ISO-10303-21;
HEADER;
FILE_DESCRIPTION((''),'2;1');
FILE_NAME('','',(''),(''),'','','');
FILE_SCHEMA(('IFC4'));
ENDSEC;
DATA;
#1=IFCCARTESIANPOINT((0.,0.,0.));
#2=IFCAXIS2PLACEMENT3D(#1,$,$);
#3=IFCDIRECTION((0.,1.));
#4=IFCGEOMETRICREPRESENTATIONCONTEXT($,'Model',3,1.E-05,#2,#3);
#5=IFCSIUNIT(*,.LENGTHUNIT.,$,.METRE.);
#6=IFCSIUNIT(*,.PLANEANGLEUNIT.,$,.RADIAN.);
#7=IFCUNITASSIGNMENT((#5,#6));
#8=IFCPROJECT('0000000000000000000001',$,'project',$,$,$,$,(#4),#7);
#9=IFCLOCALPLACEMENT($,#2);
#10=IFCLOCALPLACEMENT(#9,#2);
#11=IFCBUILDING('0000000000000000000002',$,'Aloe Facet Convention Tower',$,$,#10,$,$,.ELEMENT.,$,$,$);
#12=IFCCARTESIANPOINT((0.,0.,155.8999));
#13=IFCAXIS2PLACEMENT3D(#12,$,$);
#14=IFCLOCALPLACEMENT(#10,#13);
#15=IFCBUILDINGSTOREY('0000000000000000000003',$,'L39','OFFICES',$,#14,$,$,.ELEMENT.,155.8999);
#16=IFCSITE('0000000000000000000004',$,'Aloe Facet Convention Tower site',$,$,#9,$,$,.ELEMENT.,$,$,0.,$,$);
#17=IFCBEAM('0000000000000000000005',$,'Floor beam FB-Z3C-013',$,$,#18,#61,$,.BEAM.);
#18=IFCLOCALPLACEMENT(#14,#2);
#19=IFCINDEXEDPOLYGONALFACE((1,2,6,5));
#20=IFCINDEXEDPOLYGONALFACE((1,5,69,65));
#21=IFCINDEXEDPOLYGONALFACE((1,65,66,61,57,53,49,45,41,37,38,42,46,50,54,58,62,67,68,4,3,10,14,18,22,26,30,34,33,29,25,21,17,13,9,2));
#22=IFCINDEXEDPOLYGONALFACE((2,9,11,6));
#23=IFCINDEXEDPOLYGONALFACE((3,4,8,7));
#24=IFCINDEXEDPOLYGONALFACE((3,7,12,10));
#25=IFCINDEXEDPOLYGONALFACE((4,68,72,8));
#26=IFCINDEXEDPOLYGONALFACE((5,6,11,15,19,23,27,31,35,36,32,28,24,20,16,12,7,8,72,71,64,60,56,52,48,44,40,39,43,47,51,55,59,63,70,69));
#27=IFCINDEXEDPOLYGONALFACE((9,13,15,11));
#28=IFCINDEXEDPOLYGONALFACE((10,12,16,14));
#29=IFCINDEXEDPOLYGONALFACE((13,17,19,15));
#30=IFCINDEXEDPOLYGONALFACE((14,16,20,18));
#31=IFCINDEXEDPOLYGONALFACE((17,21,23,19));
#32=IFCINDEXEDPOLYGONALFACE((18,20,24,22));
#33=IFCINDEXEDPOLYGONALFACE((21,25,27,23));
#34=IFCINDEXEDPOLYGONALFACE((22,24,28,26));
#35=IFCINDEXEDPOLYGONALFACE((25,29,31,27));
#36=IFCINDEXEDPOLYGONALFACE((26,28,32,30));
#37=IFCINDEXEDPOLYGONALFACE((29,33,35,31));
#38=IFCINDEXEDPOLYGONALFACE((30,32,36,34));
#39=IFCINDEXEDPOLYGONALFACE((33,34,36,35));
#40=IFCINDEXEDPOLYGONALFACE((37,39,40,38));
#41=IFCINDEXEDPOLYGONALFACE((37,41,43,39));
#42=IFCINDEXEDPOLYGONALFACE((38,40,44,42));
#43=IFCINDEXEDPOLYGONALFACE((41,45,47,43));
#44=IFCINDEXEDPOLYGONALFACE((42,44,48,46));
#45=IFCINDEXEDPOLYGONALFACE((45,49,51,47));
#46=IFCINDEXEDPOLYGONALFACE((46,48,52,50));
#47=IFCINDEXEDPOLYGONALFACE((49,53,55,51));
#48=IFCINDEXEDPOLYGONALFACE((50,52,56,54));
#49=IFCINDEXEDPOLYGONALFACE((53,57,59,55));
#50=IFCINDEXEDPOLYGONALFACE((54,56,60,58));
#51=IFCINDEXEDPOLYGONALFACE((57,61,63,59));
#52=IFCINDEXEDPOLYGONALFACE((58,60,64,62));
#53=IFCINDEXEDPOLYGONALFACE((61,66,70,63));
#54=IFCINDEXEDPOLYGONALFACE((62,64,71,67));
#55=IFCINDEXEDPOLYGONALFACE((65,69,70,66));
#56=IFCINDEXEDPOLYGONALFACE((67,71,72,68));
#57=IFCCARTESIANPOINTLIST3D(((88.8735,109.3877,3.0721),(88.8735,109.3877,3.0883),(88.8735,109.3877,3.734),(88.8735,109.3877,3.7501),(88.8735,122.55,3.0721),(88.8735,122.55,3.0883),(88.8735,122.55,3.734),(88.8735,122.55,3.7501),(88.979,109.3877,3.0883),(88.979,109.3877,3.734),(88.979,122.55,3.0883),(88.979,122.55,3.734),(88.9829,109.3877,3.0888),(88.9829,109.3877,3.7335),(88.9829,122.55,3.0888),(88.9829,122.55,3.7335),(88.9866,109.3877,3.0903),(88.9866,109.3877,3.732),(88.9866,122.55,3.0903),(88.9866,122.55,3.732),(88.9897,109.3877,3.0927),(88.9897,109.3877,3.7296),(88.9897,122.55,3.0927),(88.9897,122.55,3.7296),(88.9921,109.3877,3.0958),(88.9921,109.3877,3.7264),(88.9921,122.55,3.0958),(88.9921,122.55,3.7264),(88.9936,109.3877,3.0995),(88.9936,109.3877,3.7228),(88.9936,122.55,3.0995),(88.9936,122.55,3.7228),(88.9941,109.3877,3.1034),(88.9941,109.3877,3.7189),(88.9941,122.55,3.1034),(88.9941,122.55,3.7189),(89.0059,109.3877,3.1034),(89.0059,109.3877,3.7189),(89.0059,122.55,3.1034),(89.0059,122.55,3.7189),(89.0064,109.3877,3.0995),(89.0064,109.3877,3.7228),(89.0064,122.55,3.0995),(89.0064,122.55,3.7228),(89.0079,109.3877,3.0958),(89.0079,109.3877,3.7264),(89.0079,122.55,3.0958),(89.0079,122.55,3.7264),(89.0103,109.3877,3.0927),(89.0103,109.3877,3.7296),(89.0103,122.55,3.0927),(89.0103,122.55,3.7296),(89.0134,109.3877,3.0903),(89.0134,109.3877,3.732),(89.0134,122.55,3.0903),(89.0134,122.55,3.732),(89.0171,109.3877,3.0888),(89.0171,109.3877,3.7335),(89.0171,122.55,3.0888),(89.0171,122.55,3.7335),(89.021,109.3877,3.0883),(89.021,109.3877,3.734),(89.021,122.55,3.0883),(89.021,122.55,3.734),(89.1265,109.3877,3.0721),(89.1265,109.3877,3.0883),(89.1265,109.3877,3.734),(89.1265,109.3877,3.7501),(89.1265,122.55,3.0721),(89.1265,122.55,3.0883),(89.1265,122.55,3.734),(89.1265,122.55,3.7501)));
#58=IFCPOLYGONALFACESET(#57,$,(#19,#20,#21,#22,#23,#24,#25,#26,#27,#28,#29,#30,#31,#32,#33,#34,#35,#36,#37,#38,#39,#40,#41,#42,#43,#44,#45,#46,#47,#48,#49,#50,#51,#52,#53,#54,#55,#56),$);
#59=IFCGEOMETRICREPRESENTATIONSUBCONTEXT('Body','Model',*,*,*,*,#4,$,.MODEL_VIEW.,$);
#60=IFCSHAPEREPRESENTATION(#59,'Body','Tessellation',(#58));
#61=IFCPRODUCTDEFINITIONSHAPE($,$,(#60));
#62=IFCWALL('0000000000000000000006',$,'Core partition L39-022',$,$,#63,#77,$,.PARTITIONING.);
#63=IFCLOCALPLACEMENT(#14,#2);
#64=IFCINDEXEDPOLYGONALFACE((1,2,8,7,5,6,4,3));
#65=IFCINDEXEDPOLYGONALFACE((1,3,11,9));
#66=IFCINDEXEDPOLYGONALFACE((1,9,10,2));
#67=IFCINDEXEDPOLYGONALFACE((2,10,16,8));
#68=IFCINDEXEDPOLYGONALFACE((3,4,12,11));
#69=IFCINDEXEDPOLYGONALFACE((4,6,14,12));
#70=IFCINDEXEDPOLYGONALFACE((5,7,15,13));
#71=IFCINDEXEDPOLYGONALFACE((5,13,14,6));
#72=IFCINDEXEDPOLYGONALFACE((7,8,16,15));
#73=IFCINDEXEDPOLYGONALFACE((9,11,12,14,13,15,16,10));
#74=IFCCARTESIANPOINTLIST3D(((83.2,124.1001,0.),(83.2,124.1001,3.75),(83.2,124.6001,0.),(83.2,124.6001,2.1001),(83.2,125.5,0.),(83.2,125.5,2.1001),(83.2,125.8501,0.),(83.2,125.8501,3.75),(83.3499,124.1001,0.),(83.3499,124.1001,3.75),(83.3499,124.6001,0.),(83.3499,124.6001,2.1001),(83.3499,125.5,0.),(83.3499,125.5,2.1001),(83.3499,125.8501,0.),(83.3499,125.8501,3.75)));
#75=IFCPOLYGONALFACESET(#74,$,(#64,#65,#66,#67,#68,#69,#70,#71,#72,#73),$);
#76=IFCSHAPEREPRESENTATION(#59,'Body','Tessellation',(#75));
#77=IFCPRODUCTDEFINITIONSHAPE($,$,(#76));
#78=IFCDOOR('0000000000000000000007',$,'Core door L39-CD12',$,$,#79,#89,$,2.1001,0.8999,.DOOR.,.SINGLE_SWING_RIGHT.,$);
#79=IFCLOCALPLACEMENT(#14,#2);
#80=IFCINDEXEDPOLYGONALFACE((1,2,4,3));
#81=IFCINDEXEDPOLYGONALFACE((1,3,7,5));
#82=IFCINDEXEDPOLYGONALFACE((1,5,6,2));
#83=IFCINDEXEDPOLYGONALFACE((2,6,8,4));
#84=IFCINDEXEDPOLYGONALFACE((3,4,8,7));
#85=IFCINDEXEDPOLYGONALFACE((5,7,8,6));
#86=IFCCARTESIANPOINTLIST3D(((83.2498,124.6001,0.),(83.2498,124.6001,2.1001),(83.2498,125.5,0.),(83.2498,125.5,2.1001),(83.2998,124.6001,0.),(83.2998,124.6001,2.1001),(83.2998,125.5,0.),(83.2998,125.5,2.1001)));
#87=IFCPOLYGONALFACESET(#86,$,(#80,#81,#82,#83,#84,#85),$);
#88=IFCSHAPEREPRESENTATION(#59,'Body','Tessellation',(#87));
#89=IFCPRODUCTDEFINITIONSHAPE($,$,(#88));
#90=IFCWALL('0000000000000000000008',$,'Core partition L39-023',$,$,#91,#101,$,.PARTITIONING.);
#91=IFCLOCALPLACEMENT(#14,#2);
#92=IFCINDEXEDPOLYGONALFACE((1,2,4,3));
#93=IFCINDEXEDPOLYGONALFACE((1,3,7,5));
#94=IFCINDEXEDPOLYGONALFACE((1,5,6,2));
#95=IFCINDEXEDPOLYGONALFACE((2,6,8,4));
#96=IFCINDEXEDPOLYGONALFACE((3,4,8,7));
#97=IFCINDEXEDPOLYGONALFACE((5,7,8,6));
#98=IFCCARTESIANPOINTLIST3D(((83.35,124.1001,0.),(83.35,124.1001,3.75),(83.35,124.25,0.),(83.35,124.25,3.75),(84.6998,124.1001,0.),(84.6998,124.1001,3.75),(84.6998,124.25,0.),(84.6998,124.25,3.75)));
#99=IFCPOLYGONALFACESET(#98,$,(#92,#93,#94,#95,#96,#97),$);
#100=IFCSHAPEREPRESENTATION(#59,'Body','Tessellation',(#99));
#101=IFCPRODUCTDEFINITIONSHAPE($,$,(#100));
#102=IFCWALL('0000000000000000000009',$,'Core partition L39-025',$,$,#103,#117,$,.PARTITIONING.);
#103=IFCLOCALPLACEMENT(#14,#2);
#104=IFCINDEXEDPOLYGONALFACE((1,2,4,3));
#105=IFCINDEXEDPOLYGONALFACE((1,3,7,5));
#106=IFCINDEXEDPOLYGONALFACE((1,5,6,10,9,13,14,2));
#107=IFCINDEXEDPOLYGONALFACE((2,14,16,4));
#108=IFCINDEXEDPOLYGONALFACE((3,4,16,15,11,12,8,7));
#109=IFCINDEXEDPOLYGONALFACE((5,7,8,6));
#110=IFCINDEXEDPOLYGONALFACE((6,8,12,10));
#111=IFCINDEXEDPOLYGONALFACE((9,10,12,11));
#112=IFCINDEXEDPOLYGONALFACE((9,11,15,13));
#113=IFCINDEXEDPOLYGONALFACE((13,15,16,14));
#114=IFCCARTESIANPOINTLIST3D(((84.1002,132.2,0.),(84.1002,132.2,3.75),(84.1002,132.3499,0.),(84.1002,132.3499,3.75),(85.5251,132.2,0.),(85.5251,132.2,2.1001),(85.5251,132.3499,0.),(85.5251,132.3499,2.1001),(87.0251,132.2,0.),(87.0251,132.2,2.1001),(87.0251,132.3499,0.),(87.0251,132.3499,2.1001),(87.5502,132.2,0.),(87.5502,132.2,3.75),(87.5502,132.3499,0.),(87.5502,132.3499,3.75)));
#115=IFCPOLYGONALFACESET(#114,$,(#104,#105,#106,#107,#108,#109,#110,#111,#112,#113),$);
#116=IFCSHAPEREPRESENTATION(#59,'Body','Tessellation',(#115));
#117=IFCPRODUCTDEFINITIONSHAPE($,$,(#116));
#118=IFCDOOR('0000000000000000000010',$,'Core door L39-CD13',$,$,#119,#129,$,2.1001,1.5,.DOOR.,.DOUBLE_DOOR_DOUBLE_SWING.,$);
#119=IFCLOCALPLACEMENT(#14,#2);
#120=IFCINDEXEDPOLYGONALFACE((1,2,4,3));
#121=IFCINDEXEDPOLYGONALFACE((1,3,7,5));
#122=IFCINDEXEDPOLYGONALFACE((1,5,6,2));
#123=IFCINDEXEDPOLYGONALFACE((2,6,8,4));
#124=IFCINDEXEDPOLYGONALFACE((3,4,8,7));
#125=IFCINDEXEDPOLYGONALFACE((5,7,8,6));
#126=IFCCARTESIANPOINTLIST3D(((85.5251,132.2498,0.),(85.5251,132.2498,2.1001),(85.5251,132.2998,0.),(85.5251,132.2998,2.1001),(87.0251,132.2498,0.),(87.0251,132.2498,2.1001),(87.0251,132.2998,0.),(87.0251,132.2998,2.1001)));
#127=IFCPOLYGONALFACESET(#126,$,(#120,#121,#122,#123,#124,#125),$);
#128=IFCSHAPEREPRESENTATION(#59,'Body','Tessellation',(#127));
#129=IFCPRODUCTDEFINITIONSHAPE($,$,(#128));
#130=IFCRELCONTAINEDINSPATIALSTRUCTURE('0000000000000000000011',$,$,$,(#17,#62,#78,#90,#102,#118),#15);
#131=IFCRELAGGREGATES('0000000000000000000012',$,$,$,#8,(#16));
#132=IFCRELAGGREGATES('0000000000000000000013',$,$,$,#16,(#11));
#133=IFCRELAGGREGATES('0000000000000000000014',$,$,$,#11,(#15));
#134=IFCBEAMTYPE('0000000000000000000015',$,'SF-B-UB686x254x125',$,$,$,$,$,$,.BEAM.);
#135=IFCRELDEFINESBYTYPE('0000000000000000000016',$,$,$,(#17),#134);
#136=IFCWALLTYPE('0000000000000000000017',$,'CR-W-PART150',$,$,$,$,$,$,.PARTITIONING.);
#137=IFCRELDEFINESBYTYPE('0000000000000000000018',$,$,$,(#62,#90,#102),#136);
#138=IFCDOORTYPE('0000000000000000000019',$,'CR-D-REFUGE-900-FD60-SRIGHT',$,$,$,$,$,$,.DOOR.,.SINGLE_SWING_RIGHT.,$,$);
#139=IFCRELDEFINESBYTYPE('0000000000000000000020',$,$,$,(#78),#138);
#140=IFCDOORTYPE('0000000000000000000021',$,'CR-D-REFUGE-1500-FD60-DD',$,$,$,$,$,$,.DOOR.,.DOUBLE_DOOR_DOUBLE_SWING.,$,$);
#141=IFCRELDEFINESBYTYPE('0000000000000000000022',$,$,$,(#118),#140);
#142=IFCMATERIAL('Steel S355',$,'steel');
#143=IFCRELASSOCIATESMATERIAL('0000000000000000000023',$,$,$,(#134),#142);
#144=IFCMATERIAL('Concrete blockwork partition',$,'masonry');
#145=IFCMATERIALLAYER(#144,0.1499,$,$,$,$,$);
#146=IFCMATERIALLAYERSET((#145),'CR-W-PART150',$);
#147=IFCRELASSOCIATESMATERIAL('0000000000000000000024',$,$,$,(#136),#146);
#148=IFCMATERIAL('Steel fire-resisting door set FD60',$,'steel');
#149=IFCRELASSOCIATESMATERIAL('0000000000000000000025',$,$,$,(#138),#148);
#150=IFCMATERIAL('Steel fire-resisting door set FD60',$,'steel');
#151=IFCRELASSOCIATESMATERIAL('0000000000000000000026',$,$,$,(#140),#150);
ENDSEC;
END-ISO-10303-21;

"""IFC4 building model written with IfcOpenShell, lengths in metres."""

from ifc_helpers import new_model, si_unit, direction, frame, frame_2d, origin, origin_2d, place, context, subcontext, project, spatial, rectangle, i_section, extrude, material, layer, layer_set, material_profile, profile_set, type_object, element, fill, save


model = new_model("IFC4")

# Units and contexts
model_context = context("Model", 3, precision=1e-05, world=origin(), true_north=direction((0.0, 1.0)))
body_context = subcontext(model_context, "Body", "Model", "MODEL_VIEW")
ifc_project = project(units=[si_unit("LENGTHUNIT", "METRE"), si_unit("PLANEANGLEUNIT", "RADIAN")], contexts=[model_context])

# Site, building, storey
site_placement = place(None, origin())
site = spatial("IfcSite", under=ifc_project, at=site_placement, Name="Aloe Facet Convention Tower site", CompositionType="ELEMENT", RefElevation=0.0)
building_placement = place(site_placement, origin())
building = spatial("IfcBuilding", under=site, at=building_placement, Name="Aloe Facet Convention Tower", CompositionType="ELEMENT")
storey_placement = place(building_placement, frame((0.0, 0.0, 155.8999)))
storey = spatial("IfcBuildingStorey", under=building, at=storey_placement, Name="L39", Description="OFFICES", CompositionType="ELEMENT", Elevation=155.8999)

# Beam
ifc_material_1 = material(Name="Steel S355", Category="steel")
ifc_material_profile = material_profile(ifc_material_1, i_section(OverallWidth=0.2529, OverallDepth=0.678, WebThickness=0.0117, FlangeThickness=0.0161, FilletRadius=0.0151, at=origin_2d()), Name="UB 686x254x125")
ifc_profile_set = profile_set([ifc_material_profile], Name="Steel S355")
beam_type = type_object("IfcBeamType", Name="SF-B-UB686x254x125", PredefinedType="BEAM", material=ifc_profile_set)
beam_placement = place(storey_placement, frame((89.0, 122.55, 3.4111), z_axis=(0.0, -1.0, 0.0), x_axis=(1.0, 0.0, 0.0)))
element("IfcBeam", 1, at=beam_placement, inside=storey, type_object=beam_type, Name="Floor beam FB-Z3C-013", PredefinedType="BEAM", context=body_context, shape_type="SweptSolid", body=[
    extrude(i_section(OverallWidth=0.2529, OverallDepth=0.678, WebThickness=0.0117, FlangeThickness=0.0161, FilletRadius=0.0151, at=origin_2d()), origin(), (0.0, 0.0, 1.0), 13.1624),
])

# Wall, opening, door
ifc_material_2 = material(Name="Concrete blockwork partition", Category="masonry")
ifc_layer_1 = layer(ifc_material_2, 0.1499)
ifc_layer_set_1 = layer_set([ifc_layer_1], Name="CR-W-PART150")
wall_type_1 = type_object("IfcWallType", Name="CR-W-PART150", PredefinedType="PARTITIONING", material=ifc_layer_set_1)
wall_1_placement = place(storey_placement, frame((83.2749, 125.8501, 0.0), z_axis=(0.0, 0.0, 1.0), x_axis=(0.0, -1.0, 0.0)))
wall_1 = element("IfcWall", 2, at=wall_1_placement, inside=storey, type_object=wall_type_1, Name="Core partition L39-022", PredefinedType="PARTITIONING", context=body_context, shape_type="SweptSolid", body=[
    extrude(rectangle(XDim=1.75, YDim=0.1499, at=frame_2d((0.875, 0.0))), origin(), (0.0, 0.0, 1.0), 3.75),
])
opening_1_placement = place(wall_1_placement, frame((0.3501, 0.0, 0.0)))
opening_1 = element("IfcOpeningElement", 3, at=opening_1_placement, cuts=wall_1, PredefinedType="OPENING", context=body_context, shape_type="SweptSolid", body=[
    extrude(rectangle(XDim=0.8999, YDim=2.1001, at=frame_2d((0.45, 1.05))), frame((0.0, 0.085, 0.0), z_axis=(0.0, -1.0, 0.0), x_axis=(1.0, 0.0, 0.0)), (0.0, 0.0, 1.0), 0.1699),
])
ifc_material_3 = material(Name="Steel fire-resisting door set FD60", Category="steel")
door_type_1 = type_object("IfcDoorType", Name="CR-D-REFUGE-900-FD60-SRIGHT", OperationType="SINGLE_SWING_RIGHT", PredefinedType="DOOR", material=ifc_material_3)
door_1_placement = place(opening_1_placement, origin())
door_1 = element("IfcDoor", 4, at=door_1_placement, inside=storey, type_object=door_type_1, Name="Core door L39-CD12", OperationType="SINGLE_SWING_RIGHT", OverallHeight=2.1001, OverallWidth=0.8999, PredefinedType="DOOR", context=body_context, shape_type="SweptSolid", body=[
    extrude(rectangle(XDim=0.8999, YDim=2.1001, at=frame_2d((0.45, 1.05))), frame((0.0, 0.0249, 0.0), z_axis=(0.0, -1.0, 0.0), x_axis=(1.0, 0.0, 0.0)), (0.0, 0.0, 1.0), 0.05),
])
fill(opening_1, door_1)

# Wall
wall_2_placement = place(storey_placement, frame((83.3501, 124.175, 0.0), z_axis=(0.0, 0.0, 1.0), x_axis=(1.0, 0.0, 0.0)))
element("IfcWall", 5, at=wall_2_placement, inside=storey, type_object=wall_type_1, Name="Core partition L39-023", PredefinedType="PARTITIONING", context=body_context, shape_type="SweptSolid", body=[
    extrude(rectangle(XDim=1.3499, YDim=0.1499, at=frame_2d((0.6748, 0.0))), origin(), (0.0, 0.0, 1.0), 3.75),
])

# Wall, opening, door
wall_3_placement = place(storey_placement, frame((84.1001, 132.2749, 0.0), z_axis=(0.0, 0.0, 1.0), x_axis=(1.0, 0.0, 0.0)))
wall_3 = element("IfcWall", 6, at=wall_3_placement, inside=storey, type_object=wall_type_1, Name="Core partition L39-025", PredefinedType="PARTITIONING", context=body_context, shape_type="SweptSolid", body=[
    extrude(rectangle(XDim=3.45, YDim=0.1499, at=frame_2d((1.7251, 0.0))), origin(), (0.0, 0.0, 1.0), 3.75),
])
opening_2_placement = place(wall_3_placement, frame((1.425, 0.0, 0.0)))
opening_2 = element("IfcOpeningElement", 7, at=opening_2_placement, cuts=wall_3, PredefinedType="OPENING", context=body_context, shape_type="SweptSolid", body=[
    extrude(rectangle(XDim=1.5, YDim=2.1001, at=frame_2d((0.75, 1.05))), frame((0.0, 0.085, 0.0), z_axis=(0.0, -1.0, 0.0), x_axis=(1.0, 0.0, 0.0)), (0.0, 0.0, 1.0), 0.1699),
])
ifc_material_4 = material(Name="Steel fire-resisting door set FD60", Category="steel")
door_type_2 = type_object("IfcDoorType", Name="CR-D-REFUGE-1500-FD60-DD", OperationType="DOUBLE_DOOR_DOUBLE_SWING", PredefinedType="DOOR", material=ifc_material_4)
door_2_placement = place(opening_2_placement, origin())
door_2 = element("IfcDoor", 8, at=door_2_placement, inside=storey, type_object=door_type_2, Name="Core door L39-CD13", OperationType="DOUBLE_DOOR_DOUBLE_SWING", OverallHeight=2.1001, OverallWidth=1.5, PredefinedType="DOOR", context=body_context, shape_type="SweptSolid", body=[
    extrude(rectangle(XDim=1.5, YDim=2.1001, at=frame_2d((0.75, 1.05))), frame((0.0, 0.0249, 0.0), z_axis=(0.0, -1.0, 0.0), x_axis=(1.0, 0.0, 0.0)), (0.0, 0.0, 1.0), 0.05),
])
fill(opening_2, door_2)

save(model, "model.ifc")
